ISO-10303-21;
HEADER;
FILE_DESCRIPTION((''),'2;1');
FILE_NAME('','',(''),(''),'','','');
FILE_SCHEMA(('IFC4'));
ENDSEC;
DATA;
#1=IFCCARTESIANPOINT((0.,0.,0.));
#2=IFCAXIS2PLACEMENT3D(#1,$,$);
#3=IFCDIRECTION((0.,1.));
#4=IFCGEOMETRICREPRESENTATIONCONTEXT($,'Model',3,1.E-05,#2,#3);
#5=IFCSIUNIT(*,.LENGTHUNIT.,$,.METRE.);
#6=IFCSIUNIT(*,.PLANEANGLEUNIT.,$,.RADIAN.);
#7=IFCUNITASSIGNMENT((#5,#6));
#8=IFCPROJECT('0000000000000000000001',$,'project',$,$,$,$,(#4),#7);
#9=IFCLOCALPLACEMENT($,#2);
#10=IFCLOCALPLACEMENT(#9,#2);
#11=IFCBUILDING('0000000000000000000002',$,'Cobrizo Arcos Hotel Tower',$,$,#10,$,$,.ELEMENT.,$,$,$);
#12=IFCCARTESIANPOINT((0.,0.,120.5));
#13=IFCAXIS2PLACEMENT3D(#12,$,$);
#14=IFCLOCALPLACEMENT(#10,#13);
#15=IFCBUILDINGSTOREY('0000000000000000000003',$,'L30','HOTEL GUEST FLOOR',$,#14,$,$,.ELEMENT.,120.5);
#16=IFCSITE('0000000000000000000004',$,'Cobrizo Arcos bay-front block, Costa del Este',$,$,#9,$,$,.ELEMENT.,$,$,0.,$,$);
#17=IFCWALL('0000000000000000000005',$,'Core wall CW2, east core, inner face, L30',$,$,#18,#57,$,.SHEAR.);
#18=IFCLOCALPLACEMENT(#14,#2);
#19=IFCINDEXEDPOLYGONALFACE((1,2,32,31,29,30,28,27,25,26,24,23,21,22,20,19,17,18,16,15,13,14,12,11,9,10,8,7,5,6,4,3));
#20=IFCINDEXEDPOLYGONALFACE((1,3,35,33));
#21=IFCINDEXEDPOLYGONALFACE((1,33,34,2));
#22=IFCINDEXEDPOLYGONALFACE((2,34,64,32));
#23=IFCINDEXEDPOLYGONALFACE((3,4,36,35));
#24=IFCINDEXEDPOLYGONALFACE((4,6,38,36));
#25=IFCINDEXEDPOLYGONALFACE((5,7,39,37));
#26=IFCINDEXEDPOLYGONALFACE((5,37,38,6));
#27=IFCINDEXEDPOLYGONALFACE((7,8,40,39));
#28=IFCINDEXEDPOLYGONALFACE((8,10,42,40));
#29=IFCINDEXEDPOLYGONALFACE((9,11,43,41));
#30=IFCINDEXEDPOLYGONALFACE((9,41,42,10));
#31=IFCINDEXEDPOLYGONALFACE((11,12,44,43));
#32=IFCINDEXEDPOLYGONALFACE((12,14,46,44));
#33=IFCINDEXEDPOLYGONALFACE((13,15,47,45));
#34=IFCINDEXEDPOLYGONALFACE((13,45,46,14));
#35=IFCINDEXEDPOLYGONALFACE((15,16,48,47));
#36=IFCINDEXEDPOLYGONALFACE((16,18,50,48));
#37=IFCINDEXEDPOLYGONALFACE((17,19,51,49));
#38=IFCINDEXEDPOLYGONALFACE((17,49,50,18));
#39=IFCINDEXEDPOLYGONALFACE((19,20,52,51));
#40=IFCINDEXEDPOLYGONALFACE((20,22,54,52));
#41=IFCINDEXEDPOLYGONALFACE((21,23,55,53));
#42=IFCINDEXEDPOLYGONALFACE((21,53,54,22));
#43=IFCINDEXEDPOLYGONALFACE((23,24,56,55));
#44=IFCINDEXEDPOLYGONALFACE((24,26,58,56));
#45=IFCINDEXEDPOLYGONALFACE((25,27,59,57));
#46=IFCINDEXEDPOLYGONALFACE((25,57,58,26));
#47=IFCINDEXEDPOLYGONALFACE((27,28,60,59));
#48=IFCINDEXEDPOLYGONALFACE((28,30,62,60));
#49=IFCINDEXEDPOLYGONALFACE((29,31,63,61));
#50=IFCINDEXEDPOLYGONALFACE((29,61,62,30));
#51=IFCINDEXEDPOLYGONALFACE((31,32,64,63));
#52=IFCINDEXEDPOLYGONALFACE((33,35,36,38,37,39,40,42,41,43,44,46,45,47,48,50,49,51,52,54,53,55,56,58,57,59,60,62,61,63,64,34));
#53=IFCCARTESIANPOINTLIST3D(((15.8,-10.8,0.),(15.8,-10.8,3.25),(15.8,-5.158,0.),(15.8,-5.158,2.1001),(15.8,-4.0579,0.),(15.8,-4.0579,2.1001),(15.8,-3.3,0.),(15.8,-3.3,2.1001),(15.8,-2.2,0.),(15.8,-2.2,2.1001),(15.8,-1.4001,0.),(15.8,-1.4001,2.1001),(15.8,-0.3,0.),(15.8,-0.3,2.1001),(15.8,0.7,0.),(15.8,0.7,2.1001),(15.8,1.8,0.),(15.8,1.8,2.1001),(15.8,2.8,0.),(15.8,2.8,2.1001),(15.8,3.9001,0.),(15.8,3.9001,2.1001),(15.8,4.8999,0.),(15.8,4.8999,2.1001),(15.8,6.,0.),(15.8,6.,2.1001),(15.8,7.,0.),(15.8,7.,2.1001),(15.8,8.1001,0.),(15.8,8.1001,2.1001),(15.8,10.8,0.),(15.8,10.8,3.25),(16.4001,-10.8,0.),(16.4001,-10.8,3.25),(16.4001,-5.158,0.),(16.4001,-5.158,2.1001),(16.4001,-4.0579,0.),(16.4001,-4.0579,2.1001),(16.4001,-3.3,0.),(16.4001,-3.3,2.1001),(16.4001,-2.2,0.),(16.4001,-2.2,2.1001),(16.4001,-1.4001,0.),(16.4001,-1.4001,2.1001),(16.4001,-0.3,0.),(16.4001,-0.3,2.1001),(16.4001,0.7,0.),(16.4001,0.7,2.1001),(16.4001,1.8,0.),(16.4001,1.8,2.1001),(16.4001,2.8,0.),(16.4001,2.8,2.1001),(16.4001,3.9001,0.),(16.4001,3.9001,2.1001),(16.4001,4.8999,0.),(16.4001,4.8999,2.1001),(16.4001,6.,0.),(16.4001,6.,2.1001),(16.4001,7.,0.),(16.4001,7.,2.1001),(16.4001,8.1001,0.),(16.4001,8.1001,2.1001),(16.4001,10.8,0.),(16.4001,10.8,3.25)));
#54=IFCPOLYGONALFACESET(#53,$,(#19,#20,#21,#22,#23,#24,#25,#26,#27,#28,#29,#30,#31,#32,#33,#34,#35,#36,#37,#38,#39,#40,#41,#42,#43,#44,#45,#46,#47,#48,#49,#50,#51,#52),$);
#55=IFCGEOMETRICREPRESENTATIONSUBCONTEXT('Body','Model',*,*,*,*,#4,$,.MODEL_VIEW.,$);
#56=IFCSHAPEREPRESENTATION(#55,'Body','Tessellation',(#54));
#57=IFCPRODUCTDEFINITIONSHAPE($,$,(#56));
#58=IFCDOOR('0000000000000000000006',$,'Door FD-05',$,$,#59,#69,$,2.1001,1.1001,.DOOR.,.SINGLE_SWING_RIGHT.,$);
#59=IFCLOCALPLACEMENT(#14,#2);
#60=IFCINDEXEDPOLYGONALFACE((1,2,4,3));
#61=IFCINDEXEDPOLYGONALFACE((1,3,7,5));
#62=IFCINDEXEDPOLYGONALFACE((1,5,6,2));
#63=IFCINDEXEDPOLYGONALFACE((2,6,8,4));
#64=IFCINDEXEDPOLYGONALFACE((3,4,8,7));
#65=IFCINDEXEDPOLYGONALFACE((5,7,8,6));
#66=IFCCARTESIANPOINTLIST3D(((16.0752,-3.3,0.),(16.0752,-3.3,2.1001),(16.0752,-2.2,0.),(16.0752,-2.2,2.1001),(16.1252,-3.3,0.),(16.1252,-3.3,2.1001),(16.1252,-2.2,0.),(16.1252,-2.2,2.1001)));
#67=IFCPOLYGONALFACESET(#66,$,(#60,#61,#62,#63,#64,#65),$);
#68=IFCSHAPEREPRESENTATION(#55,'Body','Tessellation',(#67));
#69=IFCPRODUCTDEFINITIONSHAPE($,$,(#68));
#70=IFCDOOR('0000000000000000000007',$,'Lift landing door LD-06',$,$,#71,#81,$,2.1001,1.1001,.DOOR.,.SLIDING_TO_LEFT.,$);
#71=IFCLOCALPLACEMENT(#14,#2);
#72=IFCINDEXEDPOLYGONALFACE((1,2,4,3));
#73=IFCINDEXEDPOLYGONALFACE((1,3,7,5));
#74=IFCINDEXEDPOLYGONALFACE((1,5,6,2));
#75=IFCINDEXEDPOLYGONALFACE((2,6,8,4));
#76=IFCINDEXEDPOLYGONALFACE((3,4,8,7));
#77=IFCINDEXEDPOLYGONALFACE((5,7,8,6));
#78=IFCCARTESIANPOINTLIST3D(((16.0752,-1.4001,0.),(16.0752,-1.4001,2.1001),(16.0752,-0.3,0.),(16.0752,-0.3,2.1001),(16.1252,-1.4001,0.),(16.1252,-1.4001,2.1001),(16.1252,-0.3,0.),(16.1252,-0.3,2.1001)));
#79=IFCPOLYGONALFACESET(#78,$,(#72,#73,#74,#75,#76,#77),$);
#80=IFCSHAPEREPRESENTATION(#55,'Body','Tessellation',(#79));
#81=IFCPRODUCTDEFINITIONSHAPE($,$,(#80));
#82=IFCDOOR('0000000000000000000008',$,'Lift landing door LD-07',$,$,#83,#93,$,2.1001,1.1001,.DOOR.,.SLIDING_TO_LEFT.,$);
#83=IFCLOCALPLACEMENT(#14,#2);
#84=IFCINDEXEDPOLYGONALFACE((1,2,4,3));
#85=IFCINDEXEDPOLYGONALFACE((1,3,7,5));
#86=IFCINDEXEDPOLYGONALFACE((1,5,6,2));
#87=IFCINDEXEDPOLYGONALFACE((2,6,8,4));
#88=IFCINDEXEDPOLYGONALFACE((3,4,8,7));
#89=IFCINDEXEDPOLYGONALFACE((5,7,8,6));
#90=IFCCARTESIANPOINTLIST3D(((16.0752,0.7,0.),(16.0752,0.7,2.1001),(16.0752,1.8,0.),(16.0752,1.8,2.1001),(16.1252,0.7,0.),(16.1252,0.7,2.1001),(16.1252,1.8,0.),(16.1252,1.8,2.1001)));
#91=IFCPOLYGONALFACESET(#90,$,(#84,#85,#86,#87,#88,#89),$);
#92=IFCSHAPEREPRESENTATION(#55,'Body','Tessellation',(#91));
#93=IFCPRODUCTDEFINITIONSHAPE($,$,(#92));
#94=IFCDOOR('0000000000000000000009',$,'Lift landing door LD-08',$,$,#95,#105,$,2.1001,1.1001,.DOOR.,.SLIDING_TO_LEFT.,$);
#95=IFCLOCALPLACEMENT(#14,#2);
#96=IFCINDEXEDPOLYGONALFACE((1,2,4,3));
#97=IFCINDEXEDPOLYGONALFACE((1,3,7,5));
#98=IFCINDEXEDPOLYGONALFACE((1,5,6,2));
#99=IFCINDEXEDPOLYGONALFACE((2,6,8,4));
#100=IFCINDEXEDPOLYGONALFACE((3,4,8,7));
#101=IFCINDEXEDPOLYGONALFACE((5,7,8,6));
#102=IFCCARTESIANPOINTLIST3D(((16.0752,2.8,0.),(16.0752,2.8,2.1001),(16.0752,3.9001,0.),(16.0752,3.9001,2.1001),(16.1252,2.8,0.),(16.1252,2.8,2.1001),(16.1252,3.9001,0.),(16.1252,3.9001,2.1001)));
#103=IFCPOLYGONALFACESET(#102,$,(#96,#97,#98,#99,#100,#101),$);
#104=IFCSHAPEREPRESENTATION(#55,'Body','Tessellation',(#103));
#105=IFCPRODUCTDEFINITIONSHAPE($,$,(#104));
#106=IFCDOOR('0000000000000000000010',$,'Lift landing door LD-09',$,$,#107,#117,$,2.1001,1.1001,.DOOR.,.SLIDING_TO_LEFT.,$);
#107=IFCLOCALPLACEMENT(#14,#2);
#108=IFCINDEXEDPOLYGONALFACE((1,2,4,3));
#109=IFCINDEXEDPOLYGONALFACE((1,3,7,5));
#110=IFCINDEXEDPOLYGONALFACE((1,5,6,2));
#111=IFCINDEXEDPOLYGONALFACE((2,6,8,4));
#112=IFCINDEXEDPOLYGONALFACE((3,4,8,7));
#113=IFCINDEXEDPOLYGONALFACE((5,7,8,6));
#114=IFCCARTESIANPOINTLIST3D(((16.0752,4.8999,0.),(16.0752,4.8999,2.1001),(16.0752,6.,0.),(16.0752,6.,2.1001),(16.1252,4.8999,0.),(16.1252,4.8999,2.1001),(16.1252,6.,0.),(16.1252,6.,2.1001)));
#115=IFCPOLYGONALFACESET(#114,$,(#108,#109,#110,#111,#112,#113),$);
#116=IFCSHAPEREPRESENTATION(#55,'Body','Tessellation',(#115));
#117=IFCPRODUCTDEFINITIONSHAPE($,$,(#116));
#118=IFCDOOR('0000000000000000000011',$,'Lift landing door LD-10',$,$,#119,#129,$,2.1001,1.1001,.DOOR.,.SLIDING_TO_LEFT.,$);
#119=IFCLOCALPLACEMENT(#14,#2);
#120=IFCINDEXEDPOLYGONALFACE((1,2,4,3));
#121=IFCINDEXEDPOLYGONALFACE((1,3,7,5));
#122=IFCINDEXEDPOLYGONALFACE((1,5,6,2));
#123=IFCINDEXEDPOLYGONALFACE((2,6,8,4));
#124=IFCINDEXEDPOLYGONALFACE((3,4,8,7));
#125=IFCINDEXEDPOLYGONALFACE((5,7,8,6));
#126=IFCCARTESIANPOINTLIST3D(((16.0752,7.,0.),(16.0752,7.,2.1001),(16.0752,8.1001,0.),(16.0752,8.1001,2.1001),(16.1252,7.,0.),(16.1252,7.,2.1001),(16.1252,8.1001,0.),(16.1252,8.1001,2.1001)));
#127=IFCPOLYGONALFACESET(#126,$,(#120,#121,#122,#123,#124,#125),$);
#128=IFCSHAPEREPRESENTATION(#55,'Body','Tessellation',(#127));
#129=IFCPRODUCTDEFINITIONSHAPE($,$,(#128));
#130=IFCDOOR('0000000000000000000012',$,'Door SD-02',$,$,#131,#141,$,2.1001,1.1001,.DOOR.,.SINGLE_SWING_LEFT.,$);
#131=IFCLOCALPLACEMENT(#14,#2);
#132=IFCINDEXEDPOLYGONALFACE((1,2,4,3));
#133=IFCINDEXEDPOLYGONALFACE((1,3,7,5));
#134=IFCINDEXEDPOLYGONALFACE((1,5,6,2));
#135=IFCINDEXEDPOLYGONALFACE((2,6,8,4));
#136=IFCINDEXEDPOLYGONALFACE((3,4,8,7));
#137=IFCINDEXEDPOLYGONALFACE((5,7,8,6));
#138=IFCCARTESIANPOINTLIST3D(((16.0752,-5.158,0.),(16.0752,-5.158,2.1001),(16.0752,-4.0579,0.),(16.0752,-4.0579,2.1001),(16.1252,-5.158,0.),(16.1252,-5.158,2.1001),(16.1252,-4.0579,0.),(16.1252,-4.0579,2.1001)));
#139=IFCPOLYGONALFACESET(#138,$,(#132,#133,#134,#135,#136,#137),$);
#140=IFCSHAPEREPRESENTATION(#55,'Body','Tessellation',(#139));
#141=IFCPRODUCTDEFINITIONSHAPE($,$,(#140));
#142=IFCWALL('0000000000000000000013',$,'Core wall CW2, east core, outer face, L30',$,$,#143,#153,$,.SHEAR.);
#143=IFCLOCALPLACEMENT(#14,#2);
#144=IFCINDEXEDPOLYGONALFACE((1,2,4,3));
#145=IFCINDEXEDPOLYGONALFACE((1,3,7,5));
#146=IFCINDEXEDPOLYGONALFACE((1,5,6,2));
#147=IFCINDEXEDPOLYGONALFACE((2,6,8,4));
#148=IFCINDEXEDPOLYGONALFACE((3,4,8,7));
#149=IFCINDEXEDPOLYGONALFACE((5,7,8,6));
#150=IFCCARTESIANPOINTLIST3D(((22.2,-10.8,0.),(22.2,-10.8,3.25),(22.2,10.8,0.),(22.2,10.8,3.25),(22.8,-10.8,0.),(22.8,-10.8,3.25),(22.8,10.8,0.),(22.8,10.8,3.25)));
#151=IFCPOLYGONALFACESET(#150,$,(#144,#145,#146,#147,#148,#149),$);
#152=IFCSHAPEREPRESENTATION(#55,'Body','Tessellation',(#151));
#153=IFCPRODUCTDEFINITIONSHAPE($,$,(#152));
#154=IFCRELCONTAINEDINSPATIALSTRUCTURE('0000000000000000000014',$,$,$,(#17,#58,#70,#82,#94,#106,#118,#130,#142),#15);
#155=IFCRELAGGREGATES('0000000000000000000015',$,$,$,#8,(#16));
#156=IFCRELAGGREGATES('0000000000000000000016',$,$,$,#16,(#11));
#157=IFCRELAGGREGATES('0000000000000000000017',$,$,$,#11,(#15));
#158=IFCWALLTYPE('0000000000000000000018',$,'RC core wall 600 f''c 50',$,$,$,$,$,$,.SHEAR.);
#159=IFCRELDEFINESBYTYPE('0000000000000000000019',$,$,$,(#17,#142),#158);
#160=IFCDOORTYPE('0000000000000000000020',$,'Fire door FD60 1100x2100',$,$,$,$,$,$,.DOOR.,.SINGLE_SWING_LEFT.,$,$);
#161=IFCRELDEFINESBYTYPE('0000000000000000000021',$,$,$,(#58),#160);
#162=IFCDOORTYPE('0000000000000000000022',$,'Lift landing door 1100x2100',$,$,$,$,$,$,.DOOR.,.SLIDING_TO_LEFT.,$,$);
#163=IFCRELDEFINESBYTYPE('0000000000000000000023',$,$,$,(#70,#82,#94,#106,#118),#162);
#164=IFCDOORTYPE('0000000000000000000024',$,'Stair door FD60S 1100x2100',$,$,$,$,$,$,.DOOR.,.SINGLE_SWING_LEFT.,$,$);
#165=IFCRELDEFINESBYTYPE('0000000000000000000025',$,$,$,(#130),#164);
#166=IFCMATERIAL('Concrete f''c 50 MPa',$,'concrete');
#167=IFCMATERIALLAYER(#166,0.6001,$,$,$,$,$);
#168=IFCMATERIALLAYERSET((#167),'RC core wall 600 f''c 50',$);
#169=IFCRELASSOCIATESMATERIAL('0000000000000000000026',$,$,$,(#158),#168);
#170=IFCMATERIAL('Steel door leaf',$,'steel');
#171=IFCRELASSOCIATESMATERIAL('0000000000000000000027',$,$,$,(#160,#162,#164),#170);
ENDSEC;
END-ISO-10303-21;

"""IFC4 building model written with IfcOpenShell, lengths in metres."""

from ifc_helpers import new_model, si_unit, direction, frame, frame_2d, origin, place, context, subcontext, project, spatial, rectangle, extrude, material, layer, layer_set, type_object, element, fill, save


model = new_model("IFC4")

# Units and contexts
model_context = context("Model", 3, precision=1e-05, world=origin(), true_north=direction((0.0, 1.0)))
body_context = subcontext(model_context, "Body", "Model", "MODEL_VIEW")
ifc_project = project(units=[si_unit("LENGTHUNIT", "METRE"), si_unit("PLANEANGLEUNIT", "RADIAN")], contexts=[model_context])

# Site, building, storey
site_placement = place(None, origin())
site = spatial("IfcSite", under=ifc_project, at=site_placement, Name="Cobrizo Arcos bay-front block, Costa del Este", CompositionType="ELEMENT", RefElevation=0.0)
building_placement = place(site_placement, origin())
building = spatial("IfcBuilding", under=site, at=building_placement, Name="Cobrizo Arcos Hotel Tower", CompositionType="ELEMENT")
storey_placement = place(building_placement, frame((0.0, 0.0, 120.5)))
storey = spatial("IfcBuildingStorey", under=building, at=storey_placement, Name="L30", Description="HOTEL GUEST FLOOR", CompositionType="ELEMENT", Elevation=120.5)

# Wall, openings, doors
ifc_material_1 = material(Name="Concrete f'c 50 MPa", Category="concrete")
ifc_layer_1 = layer(ifc_material_1, 0.6001)
ifc_layer_set_1 = layer_set([ifc_layer_1], Name="RC core wall 600 f'c 50")
wall_type_1 = type_object("IfcWallType", Name="RC core wall 600 f'c 50", PredefinedType="SHEAR", material=ifc_layer_set_1)
wall_1_placement = place(storey_placement, frame((16.1001, -10.8, 0.0), z_axis=(0.0, 0.0, 1.0), x_axis=(0.0, 1.0, 0.0)))
wall_1 = element("IfcWall", 1, at=wall_1_placement, inside=storey, type_object=wall_type_1, Name="Core wall CW2, east core, inner face, L30", PredefinedType="SHEAR", context=body_context, shape_type="SweptSolid", body=[
    extrude(rectangle(XDim=21.6001, YDim=0.6001, at=frame_2d((10.8, 0.0))), origin(), (0.0, 0.0, 1.0), 3.25),
])
opening_1_placement = place(wall_1_placement, frame((9.3999, 0.0, 0.0)))
opening_1 = element("IfcOpeningElement", 2, at=opening_1_placement, cuts=wall_1, PredefinedType="OPENING", context=body_context, shape_type="SweptSolid", body=[
    extrude(rectangle(XDim=1.1001, YDim=2.1001, at=frame_2d((0.55, 1.05))), frame((0.0, 0.312, 0.0), z_axis=(0.0, -1.0, 0.0), x_axis=(1.0, 0.0, 0.0)), (0.0, 0.0, 1.0), 0.624),
])
opening_2_placement = place(wall_1_placement, frame((11.5, 0.0, 0.0)))
opening_2 = element("IfcOpeningElement", 3, at=opening_2_placement, cuts=wall_1, PredefinedType="OPENING", context=body_context, shape_type="SweptSolid", body=[
    extrude(rectangle(XDim=1.1001, YDim=2.1001, at=frame_2d((0.55, 1.05))), frame((0.0, 0.312, 0.0), z_axis=(0.0, -1.0, 0.0), x_axis=(1.0, 0.0, 0.0)), (0.0, 0.0, 1.0), 0.624),
])
opening_3_placement = place(wall_1_placement, frame((13.6001, 0.0, 0.0)))
opening_3 = element("IfcOpeningElement", 4, at=opening_3_placement, cuts=wall_1, PredefinedType="OPENING", context=body_context, shape_type="SweptSolid", body=[
    extrude(rectangle(XDim=1.1001, YDim=2.1001, at=frame_2d((0.55, 1.05))), frame((0.0, 0.312, 0.0), z_axis=(0.0, -1.0, 0.0), x_axis=(1.0, 0.0, 0.0)), (0.0, 0.0, 1.0), 0.624),
])
opening_4_placement = place(wall_1_placement, frame((15.7, 0.0, 0.0)))
opening_4 = element("IfcOpeningElement", 5, at=opening_4_placement, cuts=wall_1, PredefinedType="OPENING", context=body_context, shape_type="SweptSolid", body=[
    extrude(rectangle(XDim=1.1001, YDim=2.1001, at=frame_2d((0.55, 1.05))), frame((0.0, 0.312, 0.0), z_axis=(0.0, -1.0, 0.0), x_axis=(1.0, 0.0, 0.0)), (0.0, 0.0, 1.0), 0.624),
])
opening_5_placement = place(wall_1_placement, frame((17.8, 0.0, 0.0)))
opening_5 = element("IfcOpeningElement", 6, at=opening_5_placement, cuts=wall_1, PredefinedType="OPENING", context=body_context, shape_type="SweptSolid", body=[
    extrude(rectangle(XDim=1.1001, YDim=2.1001, at=frame_2d((0.55, 1.05))), frame((0.0, 0.312, 0.0), z_axis=(0.0, -1.0, 0.0), x_axis=(1.0, 0.0, 0.0)), (0.0, 0.0, 1.0), 0.624),
])
opening_6_placement = place(wall_1_placement, frame((5.6421, 0.0, 0.0)))
opening_6 = element("IfcOpeningElement", 7, at=opening_6_placement, cuts=wall_1, PredefinedType="OPENING", context=body_context, shape_type="SweptSolid", body=[
    extrude(rectangle(XDim=1.1001, YDim=2.1001, at=frame_2d((0.55, 1.05))), frame((0.0, 0.312, 0.0), z_axis=(0.0, -1.0, 0.0), x_axis=(1.0, 0.0, 0.0)), (0.0, 0.0, 1.0), 0.624),
])
opening_7_placement = place(wall_1_placement, frame((7.5, 0.0, 0.0)))
opening_7 = element("IfcOpeningElement", 8, at=opening_7_placement, cuts=wall_1, PredefinedType="OPENING", context=body_context, shape_type="SweptSolid", body=[
    extrude(rectangle(XDim=1.1001, YDim=2.1001, at=frame_2d((0.55, 1.05))), frame((0.0, 0.312, 0.0), z_axis=(0.0, -1.0, 0.0), x_axis=(1.0, 0.0, 0.0)), (0.0, 0.0, 1.0), 0.624),
])
ifc_material_2 = material(Name="Steel door leaf", Category="steel")
door_type_1 = type_object("IfcDoorType", Name="Fire door FD60 1100x2100", OperationType="SINGLE_SWING_LEFT", PredefinedType="DOOR", material=ifc_material_2)
door_1_placement = place(opening_7_placement, origin())
door_1 = element("IfcDoor", 9, at=door_1_placement, inside=storey, type_object=door_type_1, Name="Door FD-05", OperationType="SINGLE_SWING_RIGHT", OverallHeight=2.1001, OverallWidth=1.1001, PredefinedType="DOOR", context=body_context, shape_type="SweptSolid", body=[
    extrude(rectangle(XDim=1.1001, YDim=2.1001, at=frame_2d((0.55, 1.05))), frame((0.0, 0.0249, 0.0), z_axis=(0.0, -1.0, 0.0), x_axis=(1.0, 0.0, 0.0)), (0.0, 0.0, 1.0), 0.05),
])
fill(opening_7, door_1)
door_type_2 = type_object("IfcDoorType", Name="Lift landing door 1100x2100", OperationType="SLIDING_TO_LEFT", PredefinedType="DOOR", material=ifc_material_2)
door_2_placement = place(opening_1_placement, origin())
door_2 = element("IfcDoor", 10, at=door_2_placement, inside=storey, type_object=door_type_2, Name="Lift landing door LD-06", OperationType="SLIDING_TO_LEFT", OverallHeight=2.1001, OverallWidth=1.1001, PredefinedType="DOOR", context=body_context, shape_type="SweptSolid", body=[
    extrude(rectangle(XDim=1.1001, YDim=2.1001, at=frame_2d((0.55, 1.05))), frame((0.0, 0.0249, 0.0), z_axis=(0.0, -1.0, 0.0), x_axis=(1.0, 0.0, 0.0)), (0.0, 0.0, 1.0), 0.05),
])
fill(opening_1, door_2)
door_3_placement = place(opening_2_placement, origin())
door_3 = element("IfcDoor", 11, at=door_3_placement, inside=storey, type_object=door_type_2, Name="Lift landing door LD-07", OperationType="SLIDING_TO_LEFT", OverallHeight=2.1001, OverallWidth=1.1001, PredefinedType="DOOR", context=body_context, shape_type="SweptSolid", body=[
    extrude(rectangle(XDim=1.1001, YDim=2.1001, at=frame_2d((0.55, 1.05))), frame((0.0, 0.0249, 0.0), z_axis=(0.0, -1.0, 0.0), x_axis=(1.0, 0.0, 0.0)), (0.0, 0.0, 1.0), 0.05),
])
fill(opening_2, door_3)
door_4_placement = place(opening_3_placement, origin())
door_4 = element("IfcDoor", 12, at=door_4_placement, inside=storey, type_object=door_type_2, Name="Lift landing door LD-08", OperationType="SLIDING_TO_LEFT", OverallHeight=2.1001, OverallWidth=1.1001, PredefinedType="DOOR", context=body_context, shape_type="SweptSolid", body=[
    extrude(rectangle(XDim=1.1001, YDim=2.1001, at=frame_2d((0.55, 1.05))), frame((0.0, 0.0249, 0.0), z_axis=(0.0, -1.0, 0.0), x_axis=(1.0, 0.0, 0.0)), (0.0, 0.0, 1.0), 0.05),
])
fill(opening_3, door_4)
door_5_placement = place(opening_4_placement, origin())
door_5 = element("IfcDoor", 13, at=door_5_placement, inside=storey, type_object=door_type_2, Name="Lift landing door LD-09", OperationType="SLIDING_TO_LEFT", OverallHeight=2.1001, OverallWidth=1.1001, PredefinedType="DOOR", context=body_context, shape_type="SweptSolid", body=[
    extrude(rectangle(XDim=1.1001, YDim=2.1001, at=frame_2d((0.55, 1.05))), frame((0.0, 0.0249, 0.0), z_axis=(0.0, -1.0, 0.0), x_axis=(1.0, 0.0, 0.0)), (0.0, 0.0, 1.0), 0.05),
])
fill(opening_4, door_5)
door_6_placement = place(opening_5_placement, origin())
door_6 = element("IfcDoor", 14, at=door_6_placement, inside=storey, type_object=door_type_2, Name="Lift landing door LD-10", OperationType="SLIDING_TO_LEFT", OverallHeight=2.1001, OverallWidth=1.1001, PredefinedType="DOOR", context=body_context, shape_type="SweptSolid", body=[
    extrude(rectangle(XDim=1.1001, YDim=2.1001, at=frame_2d((0.55, 1.05))), frame((0.0, 0.0249, 0.0), z_axis=(0.0, -1.0, 0.0), x_axis=(1.0, 0.0, 0.0)), (0.0, 0.0, 1.0), 0.05),
])
fill(opening_5, door_6)
door_type_3 = type_object("IfcDoorType", Name="Stair door FD60S 1100x2100", OperationType="SINGLE_SWING_LEFT", PredefinedType="DOOR", material=ifc_material_2)
door_7_placement = place(opening_6_placement, origin())
door_7 = element("IfcDoor", 15, at=door_7_placement, inside=storey, type_object=door_type_3, Name="Door SD-02", OperationType="SINGLE_SWING_LEFT", OverallHeight=2.1001, OverallWidth=1.1001, PredefinedType="DOOR", context=body_context, shape_type="SweptSolid", body=[
    extrude(rectangle(XDim=1.1001, YDim=2.1001, at=frame_2d((0.55, 1.05))), frame((0.0, 0.0249, 0.0), z_axis=(0.0, -1.0, 0.0), x_axis=(1.0, 0.0, 0.0)), (0.0, 0.0, 1.0), 0.05),
])
fill(opening_6, door_7)

# Wall
wall_2_placement = place(storey_placement, frame((22.5, -10.8, 0.0), z_axis=(0.0, 0.0, 1.0), x_axis=(0.0, 1.0, 0.0)))
element("IfcWall", 16, at=wall_2_placement, inside=storey, type_object=wall_type_1, Name="Core wall CW2, east core, outer face, L30", PredefinedType="SHEAR", context=body_context, shape_type="SweptSolid", body=[
    extrude(rectangle(XDim=21.6001, YDim=0.6001, at=frame_2d((10.8, 0.0))), origin(), (0.0, 0.0, 1.0), 3.25),
])

save(model, "model.ifc")
